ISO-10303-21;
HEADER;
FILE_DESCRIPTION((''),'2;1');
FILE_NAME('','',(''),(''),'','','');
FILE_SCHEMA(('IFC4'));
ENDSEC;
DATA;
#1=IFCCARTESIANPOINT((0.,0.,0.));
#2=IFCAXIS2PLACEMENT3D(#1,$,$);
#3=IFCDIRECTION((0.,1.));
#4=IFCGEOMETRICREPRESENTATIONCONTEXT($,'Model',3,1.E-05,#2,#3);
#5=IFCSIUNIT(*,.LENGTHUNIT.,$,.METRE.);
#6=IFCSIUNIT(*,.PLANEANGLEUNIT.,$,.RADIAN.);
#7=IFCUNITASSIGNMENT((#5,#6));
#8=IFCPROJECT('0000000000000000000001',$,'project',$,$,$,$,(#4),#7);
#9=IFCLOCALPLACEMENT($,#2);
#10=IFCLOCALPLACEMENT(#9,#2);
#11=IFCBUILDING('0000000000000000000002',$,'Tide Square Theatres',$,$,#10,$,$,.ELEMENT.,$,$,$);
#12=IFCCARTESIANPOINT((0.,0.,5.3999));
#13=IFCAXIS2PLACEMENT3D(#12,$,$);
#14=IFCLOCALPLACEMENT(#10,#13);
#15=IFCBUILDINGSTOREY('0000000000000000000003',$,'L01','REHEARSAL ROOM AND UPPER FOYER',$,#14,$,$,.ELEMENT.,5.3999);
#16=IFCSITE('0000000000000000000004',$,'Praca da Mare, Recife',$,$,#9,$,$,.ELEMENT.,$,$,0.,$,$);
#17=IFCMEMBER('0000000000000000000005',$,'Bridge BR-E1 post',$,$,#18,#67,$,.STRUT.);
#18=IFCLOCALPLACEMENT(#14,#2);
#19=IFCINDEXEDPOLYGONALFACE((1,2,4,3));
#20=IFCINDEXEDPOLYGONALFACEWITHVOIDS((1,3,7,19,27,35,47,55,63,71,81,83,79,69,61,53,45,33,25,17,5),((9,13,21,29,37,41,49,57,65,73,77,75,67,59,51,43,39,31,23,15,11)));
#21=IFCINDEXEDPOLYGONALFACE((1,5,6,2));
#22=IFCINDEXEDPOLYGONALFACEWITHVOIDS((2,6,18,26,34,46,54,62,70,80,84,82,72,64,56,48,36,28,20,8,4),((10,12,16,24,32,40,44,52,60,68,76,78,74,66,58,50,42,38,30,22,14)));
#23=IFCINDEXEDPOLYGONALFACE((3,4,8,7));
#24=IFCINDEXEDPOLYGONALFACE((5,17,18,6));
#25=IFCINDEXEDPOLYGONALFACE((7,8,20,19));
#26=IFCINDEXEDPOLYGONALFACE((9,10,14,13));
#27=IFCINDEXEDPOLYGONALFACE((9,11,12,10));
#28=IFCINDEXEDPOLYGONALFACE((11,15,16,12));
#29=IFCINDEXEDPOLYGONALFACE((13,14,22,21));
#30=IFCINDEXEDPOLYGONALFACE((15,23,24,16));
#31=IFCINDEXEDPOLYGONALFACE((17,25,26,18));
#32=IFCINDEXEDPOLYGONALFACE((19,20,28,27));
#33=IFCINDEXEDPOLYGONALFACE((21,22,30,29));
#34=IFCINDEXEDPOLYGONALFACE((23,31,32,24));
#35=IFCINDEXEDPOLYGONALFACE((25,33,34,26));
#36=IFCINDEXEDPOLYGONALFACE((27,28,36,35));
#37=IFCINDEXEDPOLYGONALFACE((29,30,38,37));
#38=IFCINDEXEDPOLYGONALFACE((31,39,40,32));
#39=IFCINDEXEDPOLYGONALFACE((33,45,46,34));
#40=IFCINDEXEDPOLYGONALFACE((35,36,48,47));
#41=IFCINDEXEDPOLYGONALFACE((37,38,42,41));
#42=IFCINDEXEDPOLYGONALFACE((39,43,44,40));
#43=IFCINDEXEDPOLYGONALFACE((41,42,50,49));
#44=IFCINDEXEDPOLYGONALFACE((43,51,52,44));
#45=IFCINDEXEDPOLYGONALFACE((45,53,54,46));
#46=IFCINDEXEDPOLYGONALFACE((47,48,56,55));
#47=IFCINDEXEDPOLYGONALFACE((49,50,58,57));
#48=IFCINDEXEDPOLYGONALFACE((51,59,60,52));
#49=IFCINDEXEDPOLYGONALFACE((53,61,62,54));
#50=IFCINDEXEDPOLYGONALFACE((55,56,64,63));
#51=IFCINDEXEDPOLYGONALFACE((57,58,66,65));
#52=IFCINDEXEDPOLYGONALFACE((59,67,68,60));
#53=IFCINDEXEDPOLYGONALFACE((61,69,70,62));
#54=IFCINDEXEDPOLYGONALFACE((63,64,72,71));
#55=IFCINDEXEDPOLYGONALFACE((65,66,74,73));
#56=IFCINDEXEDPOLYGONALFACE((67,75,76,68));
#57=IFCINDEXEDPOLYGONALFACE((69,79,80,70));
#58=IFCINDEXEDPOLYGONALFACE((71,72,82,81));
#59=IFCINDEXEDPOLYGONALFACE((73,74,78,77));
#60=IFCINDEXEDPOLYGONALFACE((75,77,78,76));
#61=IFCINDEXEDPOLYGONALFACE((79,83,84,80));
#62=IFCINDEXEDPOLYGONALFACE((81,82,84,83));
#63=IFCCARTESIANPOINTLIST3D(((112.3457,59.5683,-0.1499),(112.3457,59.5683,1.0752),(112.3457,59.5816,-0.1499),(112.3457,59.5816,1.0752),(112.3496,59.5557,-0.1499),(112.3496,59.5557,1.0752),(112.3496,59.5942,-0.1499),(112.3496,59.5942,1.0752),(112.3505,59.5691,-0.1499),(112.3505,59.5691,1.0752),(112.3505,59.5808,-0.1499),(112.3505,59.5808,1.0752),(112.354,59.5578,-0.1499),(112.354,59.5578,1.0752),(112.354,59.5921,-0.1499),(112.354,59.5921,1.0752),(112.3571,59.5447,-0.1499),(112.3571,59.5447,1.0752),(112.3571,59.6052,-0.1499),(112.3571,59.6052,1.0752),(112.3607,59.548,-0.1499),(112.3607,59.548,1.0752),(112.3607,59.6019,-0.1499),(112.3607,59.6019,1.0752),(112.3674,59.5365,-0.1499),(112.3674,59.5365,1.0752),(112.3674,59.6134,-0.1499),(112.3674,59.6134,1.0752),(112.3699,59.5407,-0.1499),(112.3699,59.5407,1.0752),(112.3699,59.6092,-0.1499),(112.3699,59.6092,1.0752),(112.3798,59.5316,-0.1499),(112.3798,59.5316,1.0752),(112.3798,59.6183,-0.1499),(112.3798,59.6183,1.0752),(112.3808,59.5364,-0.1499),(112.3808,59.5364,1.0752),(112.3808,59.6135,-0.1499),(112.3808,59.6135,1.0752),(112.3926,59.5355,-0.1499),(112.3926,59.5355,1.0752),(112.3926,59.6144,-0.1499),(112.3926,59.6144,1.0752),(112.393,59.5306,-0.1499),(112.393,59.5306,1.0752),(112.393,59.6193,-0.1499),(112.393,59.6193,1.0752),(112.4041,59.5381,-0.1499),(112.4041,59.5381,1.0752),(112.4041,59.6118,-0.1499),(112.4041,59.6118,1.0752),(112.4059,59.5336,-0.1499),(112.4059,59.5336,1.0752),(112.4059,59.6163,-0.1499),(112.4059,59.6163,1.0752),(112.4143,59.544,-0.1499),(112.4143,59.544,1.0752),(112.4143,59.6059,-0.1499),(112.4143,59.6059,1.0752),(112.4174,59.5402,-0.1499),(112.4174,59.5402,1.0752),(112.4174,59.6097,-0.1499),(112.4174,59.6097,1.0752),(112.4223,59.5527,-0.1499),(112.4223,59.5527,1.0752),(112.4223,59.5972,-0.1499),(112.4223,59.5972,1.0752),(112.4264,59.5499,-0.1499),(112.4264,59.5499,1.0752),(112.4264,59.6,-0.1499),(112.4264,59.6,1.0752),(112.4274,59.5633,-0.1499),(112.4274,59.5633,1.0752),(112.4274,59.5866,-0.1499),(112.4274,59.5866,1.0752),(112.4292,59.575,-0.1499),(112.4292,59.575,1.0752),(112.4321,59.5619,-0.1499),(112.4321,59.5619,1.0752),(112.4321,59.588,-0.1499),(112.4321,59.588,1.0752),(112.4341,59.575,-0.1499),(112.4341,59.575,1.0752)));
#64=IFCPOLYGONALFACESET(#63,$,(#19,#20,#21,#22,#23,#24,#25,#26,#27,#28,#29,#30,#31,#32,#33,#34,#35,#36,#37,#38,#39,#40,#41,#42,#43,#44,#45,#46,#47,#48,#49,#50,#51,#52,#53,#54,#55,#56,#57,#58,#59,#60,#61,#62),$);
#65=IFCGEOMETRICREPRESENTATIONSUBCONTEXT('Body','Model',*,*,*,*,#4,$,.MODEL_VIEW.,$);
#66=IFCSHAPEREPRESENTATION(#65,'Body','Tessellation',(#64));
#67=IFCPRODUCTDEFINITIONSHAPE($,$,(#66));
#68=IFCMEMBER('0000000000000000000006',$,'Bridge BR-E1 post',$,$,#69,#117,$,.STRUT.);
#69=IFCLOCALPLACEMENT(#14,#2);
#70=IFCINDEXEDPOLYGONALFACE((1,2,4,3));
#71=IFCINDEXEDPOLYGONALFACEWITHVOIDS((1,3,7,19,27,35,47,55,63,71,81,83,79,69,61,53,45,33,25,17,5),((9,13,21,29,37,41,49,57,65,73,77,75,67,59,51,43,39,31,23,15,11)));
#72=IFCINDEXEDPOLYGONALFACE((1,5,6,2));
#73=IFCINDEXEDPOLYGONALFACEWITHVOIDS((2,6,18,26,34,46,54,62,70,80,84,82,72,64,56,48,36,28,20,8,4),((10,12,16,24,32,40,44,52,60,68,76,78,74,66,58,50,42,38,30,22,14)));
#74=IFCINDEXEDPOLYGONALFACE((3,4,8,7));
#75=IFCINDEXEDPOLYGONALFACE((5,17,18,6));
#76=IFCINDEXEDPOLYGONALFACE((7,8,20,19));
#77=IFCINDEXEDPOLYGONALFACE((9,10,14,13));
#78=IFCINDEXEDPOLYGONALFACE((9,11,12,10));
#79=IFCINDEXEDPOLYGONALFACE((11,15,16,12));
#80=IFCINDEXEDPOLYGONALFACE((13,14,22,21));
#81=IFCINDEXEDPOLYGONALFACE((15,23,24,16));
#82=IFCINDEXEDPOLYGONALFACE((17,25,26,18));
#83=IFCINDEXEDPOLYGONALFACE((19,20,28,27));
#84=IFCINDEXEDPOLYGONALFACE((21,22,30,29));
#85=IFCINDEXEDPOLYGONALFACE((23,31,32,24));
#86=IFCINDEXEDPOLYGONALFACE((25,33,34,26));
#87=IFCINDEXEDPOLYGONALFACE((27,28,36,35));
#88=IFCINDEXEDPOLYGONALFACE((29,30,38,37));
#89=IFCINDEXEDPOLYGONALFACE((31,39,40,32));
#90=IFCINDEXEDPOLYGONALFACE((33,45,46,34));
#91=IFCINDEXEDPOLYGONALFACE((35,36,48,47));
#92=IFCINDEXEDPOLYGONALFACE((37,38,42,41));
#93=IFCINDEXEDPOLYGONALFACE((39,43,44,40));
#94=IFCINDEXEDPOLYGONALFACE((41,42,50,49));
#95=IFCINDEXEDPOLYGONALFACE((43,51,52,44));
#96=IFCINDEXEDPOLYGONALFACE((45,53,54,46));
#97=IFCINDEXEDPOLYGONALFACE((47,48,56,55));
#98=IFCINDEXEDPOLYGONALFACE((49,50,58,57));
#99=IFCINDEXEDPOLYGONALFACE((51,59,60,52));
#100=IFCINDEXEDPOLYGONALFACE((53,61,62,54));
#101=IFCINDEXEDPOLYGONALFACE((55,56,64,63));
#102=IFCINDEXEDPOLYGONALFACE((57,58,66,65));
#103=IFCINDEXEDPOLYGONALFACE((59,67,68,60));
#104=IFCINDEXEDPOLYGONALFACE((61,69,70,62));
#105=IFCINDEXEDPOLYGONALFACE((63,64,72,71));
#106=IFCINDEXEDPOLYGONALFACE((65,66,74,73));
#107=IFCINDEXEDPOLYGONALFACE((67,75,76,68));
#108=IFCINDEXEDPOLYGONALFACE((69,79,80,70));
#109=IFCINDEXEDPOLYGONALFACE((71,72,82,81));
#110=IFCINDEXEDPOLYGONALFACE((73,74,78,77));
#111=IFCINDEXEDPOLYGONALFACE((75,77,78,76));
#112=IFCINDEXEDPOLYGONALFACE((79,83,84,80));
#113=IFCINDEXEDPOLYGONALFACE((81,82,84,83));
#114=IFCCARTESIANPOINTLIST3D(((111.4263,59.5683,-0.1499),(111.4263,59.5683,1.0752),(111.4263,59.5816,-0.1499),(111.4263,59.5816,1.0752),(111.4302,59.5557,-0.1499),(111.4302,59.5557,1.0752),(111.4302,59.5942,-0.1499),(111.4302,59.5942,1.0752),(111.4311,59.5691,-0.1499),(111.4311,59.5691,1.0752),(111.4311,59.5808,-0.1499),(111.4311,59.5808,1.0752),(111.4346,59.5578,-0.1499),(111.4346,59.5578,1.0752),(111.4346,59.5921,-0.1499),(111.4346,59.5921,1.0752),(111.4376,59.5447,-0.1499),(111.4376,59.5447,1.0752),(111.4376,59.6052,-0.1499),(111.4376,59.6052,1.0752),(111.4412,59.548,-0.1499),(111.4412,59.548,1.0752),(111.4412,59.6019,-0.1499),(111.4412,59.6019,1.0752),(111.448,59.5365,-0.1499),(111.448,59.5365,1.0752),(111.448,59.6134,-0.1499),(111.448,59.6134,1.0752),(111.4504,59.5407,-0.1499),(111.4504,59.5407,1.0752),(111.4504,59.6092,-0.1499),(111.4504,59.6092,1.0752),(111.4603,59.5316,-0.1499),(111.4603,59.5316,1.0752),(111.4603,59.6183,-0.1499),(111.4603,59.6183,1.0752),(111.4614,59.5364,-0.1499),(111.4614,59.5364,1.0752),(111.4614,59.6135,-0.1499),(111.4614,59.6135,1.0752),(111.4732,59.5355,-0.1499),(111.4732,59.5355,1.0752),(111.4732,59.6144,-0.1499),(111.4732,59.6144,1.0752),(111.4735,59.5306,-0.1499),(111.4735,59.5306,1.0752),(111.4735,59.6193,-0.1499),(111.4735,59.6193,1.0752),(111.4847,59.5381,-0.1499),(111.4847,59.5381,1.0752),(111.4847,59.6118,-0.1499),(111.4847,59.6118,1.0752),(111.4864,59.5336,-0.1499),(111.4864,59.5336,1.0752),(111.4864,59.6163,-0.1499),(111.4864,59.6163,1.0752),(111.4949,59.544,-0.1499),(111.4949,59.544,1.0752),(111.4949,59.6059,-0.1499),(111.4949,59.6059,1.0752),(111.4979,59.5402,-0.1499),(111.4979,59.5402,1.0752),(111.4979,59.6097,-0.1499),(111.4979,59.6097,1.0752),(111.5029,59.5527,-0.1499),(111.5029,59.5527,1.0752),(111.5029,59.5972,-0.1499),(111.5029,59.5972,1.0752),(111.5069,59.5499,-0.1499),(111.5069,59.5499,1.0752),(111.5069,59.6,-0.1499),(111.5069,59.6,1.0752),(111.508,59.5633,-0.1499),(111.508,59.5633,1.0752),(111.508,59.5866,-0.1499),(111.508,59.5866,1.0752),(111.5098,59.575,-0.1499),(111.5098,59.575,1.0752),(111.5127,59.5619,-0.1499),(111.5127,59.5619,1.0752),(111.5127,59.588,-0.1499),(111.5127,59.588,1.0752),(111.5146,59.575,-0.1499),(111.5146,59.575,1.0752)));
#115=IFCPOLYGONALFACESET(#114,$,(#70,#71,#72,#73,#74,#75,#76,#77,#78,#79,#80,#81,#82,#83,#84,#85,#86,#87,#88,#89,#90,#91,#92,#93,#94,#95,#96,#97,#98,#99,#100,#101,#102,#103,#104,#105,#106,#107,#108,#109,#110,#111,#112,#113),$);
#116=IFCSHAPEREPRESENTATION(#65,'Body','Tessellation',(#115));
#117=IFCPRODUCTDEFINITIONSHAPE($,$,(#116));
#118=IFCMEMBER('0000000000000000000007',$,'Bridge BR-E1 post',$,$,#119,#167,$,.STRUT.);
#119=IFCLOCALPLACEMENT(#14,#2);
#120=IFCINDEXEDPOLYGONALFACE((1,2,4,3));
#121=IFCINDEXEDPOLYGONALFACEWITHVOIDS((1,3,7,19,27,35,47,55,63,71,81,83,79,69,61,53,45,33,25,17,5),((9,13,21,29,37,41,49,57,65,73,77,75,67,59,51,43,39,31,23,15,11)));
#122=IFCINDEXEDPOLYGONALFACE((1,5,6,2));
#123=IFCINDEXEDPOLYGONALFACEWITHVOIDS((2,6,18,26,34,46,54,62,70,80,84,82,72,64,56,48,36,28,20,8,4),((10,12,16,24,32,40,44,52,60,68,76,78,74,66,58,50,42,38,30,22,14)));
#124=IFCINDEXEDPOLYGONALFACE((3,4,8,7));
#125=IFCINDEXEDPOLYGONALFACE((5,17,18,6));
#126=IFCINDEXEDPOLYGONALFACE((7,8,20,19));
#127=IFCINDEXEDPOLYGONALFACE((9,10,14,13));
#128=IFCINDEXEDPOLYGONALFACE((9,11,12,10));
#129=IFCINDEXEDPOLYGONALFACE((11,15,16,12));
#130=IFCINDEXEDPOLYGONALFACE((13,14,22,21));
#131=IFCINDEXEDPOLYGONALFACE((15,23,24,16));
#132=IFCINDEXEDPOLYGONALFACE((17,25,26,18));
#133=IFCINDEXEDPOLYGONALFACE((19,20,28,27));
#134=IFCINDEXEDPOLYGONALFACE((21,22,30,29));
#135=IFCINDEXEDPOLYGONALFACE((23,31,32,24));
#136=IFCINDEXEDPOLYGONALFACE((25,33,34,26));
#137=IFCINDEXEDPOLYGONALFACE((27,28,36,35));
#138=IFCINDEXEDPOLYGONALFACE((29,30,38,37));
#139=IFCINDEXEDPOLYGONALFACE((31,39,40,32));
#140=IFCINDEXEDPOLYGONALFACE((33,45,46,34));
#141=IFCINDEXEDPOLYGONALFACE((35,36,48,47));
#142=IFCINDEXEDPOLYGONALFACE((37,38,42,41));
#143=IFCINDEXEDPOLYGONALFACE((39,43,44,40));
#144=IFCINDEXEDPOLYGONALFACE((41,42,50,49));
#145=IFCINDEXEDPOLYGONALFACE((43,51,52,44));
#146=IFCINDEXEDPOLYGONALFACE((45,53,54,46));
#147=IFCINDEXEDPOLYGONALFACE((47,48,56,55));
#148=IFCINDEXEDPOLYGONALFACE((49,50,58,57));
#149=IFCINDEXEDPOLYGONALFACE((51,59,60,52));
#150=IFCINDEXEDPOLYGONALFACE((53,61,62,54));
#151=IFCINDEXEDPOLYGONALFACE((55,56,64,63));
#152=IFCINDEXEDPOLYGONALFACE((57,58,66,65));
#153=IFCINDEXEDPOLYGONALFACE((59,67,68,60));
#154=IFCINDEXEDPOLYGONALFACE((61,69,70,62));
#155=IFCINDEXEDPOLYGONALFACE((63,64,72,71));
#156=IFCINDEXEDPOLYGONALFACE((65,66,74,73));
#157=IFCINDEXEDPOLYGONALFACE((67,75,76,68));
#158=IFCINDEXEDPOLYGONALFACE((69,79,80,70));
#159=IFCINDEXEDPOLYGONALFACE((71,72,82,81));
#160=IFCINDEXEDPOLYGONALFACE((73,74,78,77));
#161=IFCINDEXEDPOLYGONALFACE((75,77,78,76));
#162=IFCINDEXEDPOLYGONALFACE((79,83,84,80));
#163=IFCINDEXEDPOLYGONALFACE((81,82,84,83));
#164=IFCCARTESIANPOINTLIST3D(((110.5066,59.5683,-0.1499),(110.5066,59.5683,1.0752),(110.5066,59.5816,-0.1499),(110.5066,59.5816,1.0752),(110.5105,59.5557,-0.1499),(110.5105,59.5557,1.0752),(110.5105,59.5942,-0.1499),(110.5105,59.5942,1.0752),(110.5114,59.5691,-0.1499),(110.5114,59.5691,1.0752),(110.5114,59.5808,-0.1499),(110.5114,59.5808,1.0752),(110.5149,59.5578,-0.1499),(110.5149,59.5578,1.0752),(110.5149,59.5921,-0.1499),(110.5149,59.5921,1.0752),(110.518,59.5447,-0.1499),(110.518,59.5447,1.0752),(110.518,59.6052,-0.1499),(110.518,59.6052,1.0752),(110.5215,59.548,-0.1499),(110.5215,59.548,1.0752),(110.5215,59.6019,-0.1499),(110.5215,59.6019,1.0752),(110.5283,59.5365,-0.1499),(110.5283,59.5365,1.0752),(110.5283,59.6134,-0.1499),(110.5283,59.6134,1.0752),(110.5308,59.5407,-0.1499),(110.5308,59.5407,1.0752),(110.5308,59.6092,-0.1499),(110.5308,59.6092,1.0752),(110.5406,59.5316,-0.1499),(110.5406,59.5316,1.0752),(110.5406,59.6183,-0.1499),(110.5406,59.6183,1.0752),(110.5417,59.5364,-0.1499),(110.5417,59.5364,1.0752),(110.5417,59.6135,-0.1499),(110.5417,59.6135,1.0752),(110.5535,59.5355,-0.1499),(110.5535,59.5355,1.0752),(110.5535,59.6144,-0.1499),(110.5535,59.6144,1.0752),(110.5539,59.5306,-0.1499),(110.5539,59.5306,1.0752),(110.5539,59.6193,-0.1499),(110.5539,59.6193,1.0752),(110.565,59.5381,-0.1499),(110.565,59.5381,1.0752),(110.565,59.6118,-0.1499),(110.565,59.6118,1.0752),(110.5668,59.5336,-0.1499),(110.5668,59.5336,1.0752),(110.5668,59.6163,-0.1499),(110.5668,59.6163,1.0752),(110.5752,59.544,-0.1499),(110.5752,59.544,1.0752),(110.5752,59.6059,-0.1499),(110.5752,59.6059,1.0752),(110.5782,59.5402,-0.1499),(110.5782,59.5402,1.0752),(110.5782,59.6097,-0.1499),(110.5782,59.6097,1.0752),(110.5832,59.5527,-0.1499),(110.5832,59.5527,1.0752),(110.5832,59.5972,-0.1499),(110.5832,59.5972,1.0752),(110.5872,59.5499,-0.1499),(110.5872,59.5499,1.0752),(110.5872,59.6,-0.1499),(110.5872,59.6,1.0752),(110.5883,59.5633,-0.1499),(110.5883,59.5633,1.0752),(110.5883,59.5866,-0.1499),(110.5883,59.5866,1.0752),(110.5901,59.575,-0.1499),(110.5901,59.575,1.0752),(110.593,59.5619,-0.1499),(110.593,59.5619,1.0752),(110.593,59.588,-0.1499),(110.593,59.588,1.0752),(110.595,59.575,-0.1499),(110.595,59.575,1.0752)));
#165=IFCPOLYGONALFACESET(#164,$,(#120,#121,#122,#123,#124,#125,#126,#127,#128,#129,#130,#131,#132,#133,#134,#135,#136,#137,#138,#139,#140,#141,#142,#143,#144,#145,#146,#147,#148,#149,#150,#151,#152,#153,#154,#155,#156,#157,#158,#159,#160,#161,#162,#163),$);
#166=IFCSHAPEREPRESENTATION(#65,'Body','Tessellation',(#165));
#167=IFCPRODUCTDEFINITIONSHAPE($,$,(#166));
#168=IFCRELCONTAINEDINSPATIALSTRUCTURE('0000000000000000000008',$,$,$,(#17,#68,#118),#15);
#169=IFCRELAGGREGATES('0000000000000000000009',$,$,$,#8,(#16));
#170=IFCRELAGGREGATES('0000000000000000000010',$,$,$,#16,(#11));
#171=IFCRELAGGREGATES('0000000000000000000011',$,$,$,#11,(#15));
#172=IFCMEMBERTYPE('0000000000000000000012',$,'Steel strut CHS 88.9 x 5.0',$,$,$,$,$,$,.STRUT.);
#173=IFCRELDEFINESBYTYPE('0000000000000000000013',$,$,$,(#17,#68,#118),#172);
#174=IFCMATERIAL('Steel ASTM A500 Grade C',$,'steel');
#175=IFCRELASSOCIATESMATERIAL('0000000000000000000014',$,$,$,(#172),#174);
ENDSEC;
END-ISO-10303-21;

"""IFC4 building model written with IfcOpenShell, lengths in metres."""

from ifc_helpers import new_model, si_unit, direction, frame, origin, origin_2d, place, context, subcontext, project, spatial, hollow_circle, extrude, material, material_profile, profile_set, type_object, element, save


model = new_model("IFC4")

# Units and contexts
model_context = context("Model", 3, precision=1e-05, world=origin(), true_north=direction((0.0, 1.0)))
body_context = subcontext(model_context, "Body", "Model", "MODEL_VIEW")
ifc_project = project(units=[si_unit("LENGTHUNIT", "METRE"), si_unit("PLANEANGLEUNIT", "RADIAN")], contexts=[model_context])

# Site, building, storey
site_placement = place(None, origin())
site = spatial("IfcSite", under=ifc_project, at=site_placement, Name="Praca da Mare, Recife", CompositionType="ELEMENT", RefElevation=0.0)
building_placement = place(site_placement, origin())
building = spatial("IfcBuilding", under=site, at=building_placement, Name="Tide Square Theatres", CompositionType="ELEMENT")
storey_placement = place(building_placement, frame((0.0, 0.0, 5.3999)))
storey = spatial("IfcBuildingStorey", under=building, at=storey_placement, Name="L01", Description="REHEARSAL ROOM AND UPPER FOYER", CompositionType="ELEMENT", Elevation=5.3999)

# Members
ifc_material_1 = material(Name="Steel ASTM A500 Grade C", Category="steel")
ifc_material_profile_1 = material_profile(ifc_material_1, hollow_circle(Radius=0.0444, WallThickness=0.0049, at=origin_2d()))
ifc_profile_set_1 = profile_set([ifc_material_profile_1], Name="Steel ASTM A500 Grade C")
member_type_1 = type_object("IfcMemberType", Name="Steel strut CHS 88.9 x 5.0", PredefinedType="STRUT", material=ifc_profile_set_1)
for number, where, z_axis, x_axis, name in (
    (1, (112.3896, 59.575, -0.1499), (0.0, 0.0, 1.0), (1.0, 0.0, 0.0), "Bridge BR-E1 post"),
    (2, (111.4702, 59.575, -0.1499), (0.0, 0.0, 1.0), (1.0, 0.0, 0.0), "Bridge BR-E1 post"),
    (3, (110.5505, 59.575, -0.1499), (0.0, 0.0, 1.0), (1.0, 0.0, 0.0), "Bridge BR-E1 post"),
):
    element("IfcMember", number, at=place(storey_placement, frame(where, z_axis=z_axis, x_axis=x_axis)), inside=storey, type_object=member_type_1, Name=name, PredefinedType="STRUT", context=body_context, shape_type="SweptSolid", body=[
        extrude(hollow_circle(Radius=0.0444, WallThickness=0.0049, at=origin_2d()), origin(), (0.0, 0.0, 1.0), 1.2251),
    ])

save(model, "model.ifc")
